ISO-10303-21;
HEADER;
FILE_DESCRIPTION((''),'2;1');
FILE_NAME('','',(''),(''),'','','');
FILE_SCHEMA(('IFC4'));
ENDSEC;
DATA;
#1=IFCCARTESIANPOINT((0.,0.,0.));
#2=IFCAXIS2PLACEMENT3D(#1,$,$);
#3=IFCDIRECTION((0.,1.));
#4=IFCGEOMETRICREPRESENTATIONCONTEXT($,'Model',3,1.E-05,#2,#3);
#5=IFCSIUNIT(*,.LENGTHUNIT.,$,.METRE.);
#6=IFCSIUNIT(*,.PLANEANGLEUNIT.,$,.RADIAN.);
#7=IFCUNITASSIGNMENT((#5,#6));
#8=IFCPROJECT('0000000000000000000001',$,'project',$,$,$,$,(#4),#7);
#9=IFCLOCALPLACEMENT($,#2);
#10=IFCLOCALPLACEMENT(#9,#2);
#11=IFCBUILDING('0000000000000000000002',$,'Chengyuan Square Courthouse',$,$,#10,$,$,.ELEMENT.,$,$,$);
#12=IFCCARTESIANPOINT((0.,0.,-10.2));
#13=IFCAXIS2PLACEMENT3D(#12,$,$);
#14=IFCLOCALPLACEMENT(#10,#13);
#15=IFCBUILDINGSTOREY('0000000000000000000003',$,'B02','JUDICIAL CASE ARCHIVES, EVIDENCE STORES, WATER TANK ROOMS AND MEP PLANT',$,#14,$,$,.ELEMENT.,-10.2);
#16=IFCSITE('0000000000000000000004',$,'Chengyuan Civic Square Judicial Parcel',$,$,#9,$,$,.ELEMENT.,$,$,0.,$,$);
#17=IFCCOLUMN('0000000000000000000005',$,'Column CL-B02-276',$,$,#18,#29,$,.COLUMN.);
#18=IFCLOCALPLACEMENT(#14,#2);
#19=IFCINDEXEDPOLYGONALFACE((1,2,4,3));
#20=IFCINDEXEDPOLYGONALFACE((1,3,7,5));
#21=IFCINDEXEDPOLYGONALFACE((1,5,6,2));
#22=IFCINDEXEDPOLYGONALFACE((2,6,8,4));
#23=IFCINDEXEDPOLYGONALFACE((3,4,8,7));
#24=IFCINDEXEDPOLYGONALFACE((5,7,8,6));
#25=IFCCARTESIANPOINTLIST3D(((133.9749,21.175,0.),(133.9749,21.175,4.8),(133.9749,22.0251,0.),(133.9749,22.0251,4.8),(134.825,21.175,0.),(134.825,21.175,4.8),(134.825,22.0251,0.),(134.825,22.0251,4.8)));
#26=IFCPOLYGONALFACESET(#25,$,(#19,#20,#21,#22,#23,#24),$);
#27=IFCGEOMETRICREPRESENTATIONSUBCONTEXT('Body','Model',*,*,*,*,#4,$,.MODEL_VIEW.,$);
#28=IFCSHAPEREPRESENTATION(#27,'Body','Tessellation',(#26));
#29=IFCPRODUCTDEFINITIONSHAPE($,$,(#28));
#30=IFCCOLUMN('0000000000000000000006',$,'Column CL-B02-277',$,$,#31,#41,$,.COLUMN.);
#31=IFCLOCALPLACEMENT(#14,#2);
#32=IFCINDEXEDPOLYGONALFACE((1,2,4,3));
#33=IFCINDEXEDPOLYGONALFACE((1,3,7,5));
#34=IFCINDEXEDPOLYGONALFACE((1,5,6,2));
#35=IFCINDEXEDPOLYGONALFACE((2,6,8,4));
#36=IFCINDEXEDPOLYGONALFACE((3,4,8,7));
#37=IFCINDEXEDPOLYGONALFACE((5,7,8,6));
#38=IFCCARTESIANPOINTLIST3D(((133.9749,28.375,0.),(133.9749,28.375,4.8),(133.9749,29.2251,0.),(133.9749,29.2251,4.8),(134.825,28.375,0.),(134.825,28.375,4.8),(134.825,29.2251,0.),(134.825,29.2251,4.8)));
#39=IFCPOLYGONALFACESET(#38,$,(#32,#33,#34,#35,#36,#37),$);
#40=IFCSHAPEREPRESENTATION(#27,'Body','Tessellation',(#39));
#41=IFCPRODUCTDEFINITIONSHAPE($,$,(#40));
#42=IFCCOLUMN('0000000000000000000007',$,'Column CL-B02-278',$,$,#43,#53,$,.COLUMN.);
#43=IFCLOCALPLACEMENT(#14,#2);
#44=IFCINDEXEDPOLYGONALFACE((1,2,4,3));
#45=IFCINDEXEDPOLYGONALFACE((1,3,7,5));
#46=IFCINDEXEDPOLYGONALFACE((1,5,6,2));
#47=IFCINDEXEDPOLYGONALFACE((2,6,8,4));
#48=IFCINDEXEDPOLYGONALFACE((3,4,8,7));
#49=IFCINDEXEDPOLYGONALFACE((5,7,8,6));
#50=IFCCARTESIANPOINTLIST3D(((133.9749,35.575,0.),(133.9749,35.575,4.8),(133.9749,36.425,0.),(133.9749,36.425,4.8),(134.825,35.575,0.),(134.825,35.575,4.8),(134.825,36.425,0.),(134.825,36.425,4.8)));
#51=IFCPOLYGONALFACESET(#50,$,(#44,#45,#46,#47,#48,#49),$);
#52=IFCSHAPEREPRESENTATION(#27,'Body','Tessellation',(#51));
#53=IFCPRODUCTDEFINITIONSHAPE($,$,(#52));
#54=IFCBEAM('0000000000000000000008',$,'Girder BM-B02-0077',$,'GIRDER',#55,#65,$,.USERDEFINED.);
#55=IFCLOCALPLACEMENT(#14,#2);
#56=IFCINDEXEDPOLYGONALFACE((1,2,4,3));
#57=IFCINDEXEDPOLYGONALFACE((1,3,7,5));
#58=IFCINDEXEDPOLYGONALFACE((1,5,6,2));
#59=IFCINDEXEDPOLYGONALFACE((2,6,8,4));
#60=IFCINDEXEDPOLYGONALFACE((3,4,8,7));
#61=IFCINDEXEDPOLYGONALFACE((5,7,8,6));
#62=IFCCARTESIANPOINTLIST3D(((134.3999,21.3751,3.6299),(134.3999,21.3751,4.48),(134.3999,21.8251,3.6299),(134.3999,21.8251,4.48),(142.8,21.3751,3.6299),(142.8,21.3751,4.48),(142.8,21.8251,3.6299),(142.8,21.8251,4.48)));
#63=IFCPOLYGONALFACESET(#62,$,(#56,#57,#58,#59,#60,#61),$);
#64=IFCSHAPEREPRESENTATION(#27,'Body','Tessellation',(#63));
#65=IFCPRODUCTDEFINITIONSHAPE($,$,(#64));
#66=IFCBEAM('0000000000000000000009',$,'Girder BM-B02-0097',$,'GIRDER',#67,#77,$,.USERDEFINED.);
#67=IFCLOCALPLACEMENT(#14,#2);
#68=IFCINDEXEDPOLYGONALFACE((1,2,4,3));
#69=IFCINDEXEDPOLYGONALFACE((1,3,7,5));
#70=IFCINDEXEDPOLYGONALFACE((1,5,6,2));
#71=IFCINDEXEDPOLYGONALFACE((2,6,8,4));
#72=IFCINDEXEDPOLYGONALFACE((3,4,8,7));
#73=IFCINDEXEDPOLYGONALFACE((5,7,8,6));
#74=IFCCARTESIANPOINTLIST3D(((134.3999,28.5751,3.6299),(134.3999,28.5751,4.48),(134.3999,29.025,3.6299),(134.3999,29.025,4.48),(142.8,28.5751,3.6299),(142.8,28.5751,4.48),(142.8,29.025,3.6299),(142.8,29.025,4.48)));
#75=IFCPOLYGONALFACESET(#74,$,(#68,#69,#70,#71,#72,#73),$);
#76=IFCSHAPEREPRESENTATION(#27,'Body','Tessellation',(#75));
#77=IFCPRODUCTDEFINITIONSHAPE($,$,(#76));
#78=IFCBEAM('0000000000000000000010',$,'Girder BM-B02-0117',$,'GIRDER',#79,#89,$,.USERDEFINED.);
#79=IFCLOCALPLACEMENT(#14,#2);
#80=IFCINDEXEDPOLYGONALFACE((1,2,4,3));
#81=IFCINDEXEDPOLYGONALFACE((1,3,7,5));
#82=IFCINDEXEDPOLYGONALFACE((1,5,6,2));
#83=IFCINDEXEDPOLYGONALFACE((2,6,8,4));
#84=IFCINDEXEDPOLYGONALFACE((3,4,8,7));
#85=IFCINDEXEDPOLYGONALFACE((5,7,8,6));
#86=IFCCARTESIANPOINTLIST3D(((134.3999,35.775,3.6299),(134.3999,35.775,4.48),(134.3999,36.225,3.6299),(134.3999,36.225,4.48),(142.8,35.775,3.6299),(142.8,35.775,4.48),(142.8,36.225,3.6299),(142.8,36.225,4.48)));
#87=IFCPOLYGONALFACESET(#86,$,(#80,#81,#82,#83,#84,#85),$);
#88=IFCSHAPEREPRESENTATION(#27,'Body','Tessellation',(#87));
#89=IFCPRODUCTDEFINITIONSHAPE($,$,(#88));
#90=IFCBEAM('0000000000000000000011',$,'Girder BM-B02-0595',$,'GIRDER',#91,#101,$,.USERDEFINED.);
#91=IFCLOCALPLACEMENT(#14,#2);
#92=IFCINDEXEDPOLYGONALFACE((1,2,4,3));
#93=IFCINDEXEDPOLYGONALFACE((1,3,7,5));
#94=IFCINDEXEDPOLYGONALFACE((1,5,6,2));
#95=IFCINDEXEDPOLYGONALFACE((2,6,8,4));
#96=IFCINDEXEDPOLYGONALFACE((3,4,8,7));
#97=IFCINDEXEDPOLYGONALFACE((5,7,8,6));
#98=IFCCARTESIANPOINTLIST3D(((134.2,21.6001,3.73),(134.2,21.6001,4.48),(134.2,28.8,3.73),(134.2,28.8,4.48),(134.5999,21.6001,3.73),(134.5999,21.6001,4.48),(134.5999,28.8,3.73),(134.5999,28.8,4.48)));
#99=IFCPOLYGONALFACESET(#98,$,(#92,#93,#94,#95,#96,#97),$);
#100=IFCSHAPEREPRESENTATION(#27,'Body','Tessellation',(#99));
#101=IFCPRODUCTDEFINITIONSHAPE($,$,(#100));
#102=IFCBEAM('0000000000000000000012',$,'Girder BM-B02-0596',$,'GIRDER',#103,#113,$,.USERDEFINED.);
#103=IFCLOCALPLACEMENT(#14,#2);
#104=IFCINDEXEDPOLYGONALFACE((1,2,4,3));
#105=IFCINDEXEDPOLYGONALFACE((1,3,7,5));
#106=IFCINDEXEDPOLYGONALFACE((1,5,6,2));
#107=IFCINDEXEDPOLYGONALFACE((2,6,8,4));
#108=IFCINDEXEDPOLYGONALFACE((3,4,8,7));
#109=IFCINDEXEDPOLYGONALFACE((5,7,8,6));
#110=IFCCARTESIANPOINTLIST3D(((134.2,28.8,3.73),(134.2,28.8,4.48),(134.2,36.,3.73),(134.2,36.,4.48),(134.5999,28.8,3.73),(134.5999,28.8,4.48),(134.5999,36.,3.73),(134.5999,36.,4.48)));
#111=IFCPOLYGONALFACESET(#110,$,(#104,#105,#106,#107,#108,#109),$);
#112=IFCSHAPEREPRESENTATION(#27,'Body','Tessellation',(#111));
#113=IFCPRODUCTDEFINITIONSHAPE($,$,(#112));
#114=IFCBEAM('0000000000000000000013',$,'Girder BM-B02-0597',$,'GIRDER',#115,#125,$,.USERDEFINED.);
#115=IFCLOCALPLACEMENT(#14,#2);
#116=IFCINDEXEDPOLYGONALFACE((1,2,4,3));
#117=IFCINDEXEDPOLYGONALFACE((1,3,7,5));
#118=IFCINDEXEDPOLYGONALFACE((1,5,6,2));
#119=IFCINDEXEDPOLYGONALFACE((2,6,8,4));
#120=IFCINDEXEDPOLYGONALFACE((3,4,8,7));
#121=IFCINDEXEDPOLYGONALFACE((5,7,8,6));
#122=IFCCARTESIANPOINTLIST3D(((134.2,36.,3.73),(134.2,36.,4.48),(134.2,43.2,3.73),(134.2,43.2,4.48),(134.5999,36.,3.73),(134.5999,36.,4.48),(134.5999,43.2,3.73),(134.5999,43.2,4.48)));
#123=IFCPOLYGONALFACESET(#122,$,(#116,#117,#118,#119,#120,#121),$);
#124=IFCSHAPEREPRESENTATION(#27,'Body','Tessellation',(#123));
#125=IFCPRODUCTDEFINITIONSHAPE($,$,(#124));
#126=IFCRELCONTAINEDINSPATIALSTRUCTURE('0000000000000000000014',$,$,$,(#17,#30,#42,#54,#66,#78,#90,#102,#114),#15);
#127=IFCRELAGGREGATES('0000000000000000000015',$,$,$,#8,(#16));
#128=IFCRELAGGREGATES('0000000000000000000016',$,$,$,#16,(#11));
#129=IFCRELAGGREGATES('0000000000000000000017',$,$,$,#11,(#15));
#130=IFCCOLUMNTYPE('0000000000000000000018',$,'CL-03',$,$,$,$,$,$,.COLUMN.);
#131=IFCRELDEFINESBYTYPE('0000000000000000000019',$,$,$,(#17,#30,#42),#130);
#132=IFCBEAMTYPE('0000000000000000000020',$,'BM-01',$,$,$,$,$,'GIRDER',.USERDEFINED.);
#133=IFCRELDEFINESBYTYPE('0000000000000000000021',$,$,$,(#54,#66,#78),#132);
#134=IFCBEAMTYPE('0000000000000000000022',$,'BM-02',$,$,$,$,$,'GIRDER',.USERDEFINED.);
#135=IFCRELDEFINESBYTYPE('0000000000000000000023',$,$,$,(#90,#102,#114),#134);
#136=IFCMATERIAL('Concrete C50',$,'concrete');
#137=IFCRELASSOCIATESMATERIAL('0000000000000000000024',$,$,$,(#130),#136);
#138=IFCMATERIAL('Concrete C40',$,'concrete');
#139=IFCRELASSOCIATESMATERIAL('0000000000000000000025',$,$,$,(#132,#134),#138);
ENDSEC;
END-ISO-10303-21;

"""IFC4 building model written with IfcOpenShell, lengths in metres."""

from ifc_helpers import new_model, si_unit, direction, frame, origin, origin_2d, place, context, subcontext, project, spatial, rectangle, extrude, material, material_profile, profile_set, type_object, element, save


model = new_model("IFC4")

# Units and contexts
model_context = context("Model", 3, precision=1e-05, world=origin(), true_north=direction((0.0, 1.0)))
body_context = subcontext(model_context, "Body", "Model", "MODEL_VIEW")
ifc_project = project(units=[si_unit("LENGTHUNIT", "METRE"), si_unit("PLANEANGLEUNIT", "RADIAN")], contexts=[model_context])

# Site, building, storey
site_placement = place(None, origin())
site = spatial("IfcSite", under=ifc_project, at=site_placement, Name="Chengyuan Civic Square Judicial Parcel", CompositionType="ELEMENT", RefElevation=0.0)
building_placement = place(site_placement, origin())
building = spatial("IfcBuilding", under=site, at=building_placement, Name="Chengyuan Square Courthouse", CompositionType="ELEMENT")
storey_placement = place(building_placement, frame((0.0, 0.0, -10.2)))
storey = spatial("IfcBuildingStorey", under=building, at=storey_placement, Name="B02", Description="JUDICIAL CASE ARCHIVES, EVIDENCE STORES, WATER TANK ROOMS AND MEP PLANT", CompositionType="ELEMENT", Elevation=-10.2)

# Shared definitions
ifc_material_1 = material(Name="Concrete C40", Category="concrete")

# Columns
ifc_material_2 = material(Name="Concrete C50", Category="concrete")
ifc_material_profile_1 = material_profile(ifc_material_2, rectangle(XDim=0.8501, YDim=0.8501, at=origin_2d()), Name="RC-COL-850x850")
ifc_profile_set_1 = profile_set([ifc_material_profile_1], Name="Concrete C50")
column_type = type_object("IfcColumnType", Name="CL-03", PredefinedType="COLUMN", material=ifc_profile_set_1)
for number, where, z_axis, x_axis, name in (
    (1, (134.3999, 21.6001, 0.0), (0.0, 0.0, 1.0), (1.0, 0.0, 0.0), "Column CL-B02-276"),
    (2, (134.3999, 28.8, 0.0), (0.0, 0.0, 1.0), (1.0, 0.0, 0.0), "Column CL-B02-277"),
    (3, (134.3999, 36.0, 0.0), (0.0, 0.0, 1.0), (1.0, 0.0, 0.0), "Column CL-B02-278"),
):
    element("IfcColumn", number, at=place(storey_placement, frame(where, z_axis=z_axis, x_axis=x_axis)), inside=storey, type_object=column_type, Name=name, PredefinedType="COLUMN", context=body_context, shape_type="SweptSolid", body=[
        extrude(rectangle(XDim=0.8501, YDim=0.8501, at=origin_2d()), origin(), (0.0, 0.0, 1.0), 4.8),
    ])

# Beams
ifc_material_profile_2 = material_profile(ifc_material_1, rectangle(XDim=0.45, YDim=0.8501, at=origin_2d()), Name="RC-BM-450x850")
ifc_profile_set_2 = profile_set([ifc_material_profile_2], Name="Concrete C40")
beam_type_1 = type_object("IfcBeamType", Name="BM-01", ElementType="GIRDER", PredefinedType="USERDEFINED", material=ifc_profile_set_2)
for number, where, z_axis, x_axis, name in (
    (4, (134.3999, 21.6001, 4.0549), (1.0, 0.0, 0.0), (0.0, 1.0, 0.0), "Girder BM-B02-0077"),
    (5, (134.3999, 28.8, 4.0549), (1.0, 0.0, 0.0), (0.0, 1.0, 0.0), "Girder BM-B02-0097"),
    (6, (134.3999, 36.0, 4.0549), (1.0, 0.0, 0.0), (0.0, 1.0, 0.0), "Girder BM-B02-0117"),
):
    element("IfcBeam", number, at=place(storey_placement, frame(where, z_axis=z_axis, x_axis=x_axis)), inside=storey, type_object=beam_type_1, Name=name, ObjectType="GIRDER", PredefinedType="USERDEFINED", context=body_context, shape_type="SweptSolid", body=[
        extrude(rectangle(XDim=0.45, YDim=0.8501, at=origin_2d()), origin(), (0.0, 0.0, 1.0), 8.4001),
    ])
ifc_material_profile_3 = material_profile(ifc_material_1, rectangle(XDim=0.3999, YDim=0.75, at=origin_2d()), Name="RC-BM-400x750")
ifc_profile_set_3 = profile_set([ifc_material_profile_3], Name="Concrete C40")
beam_type_2 = type_object("IfcBeamType", Name="BM-02", ElementType="GIRDER", PredefinedType="USERDEFINED", material=ifc_profile_set_3)
for number, where, z_axis, x_axis, name in (
    (7, (134.3999, 21.6001, 4.105), (0.0, 1.0, 0.0), (-1.0, 0.0, 0.0), "Girder BM-B02-0595"),
    (8, (134.3999, 28.8, 4.105), (0.0, 1.0, 0.0), (-1.0, 0.0, 0.0), "Girder BM-B02-0596"),
    (9, (134.3999, 36.0, 4.105), (0.0, 1.0, 0.0), (-1.0, 0.0, 0.0), "Girder BM-B02-0597"),
):
    element("IfcBeam", number, at=place(storey_placement, frame(where, z_axis=z_axis, x_axis=x_axis)), inside=storey, type_object=beam_type_2, Name=name, ObjectType="GIRDER", PredefinedType="USERDEFINED", context=body_context, shape_type="SweptSolid", body=[
        extrude(rectangle(XDim=0.3999, YDim=0.75, at=origin_2d()), origin(), (0.0, 0.0, 1.0), 7.2),
    ])

save(model, "model.ifc")
